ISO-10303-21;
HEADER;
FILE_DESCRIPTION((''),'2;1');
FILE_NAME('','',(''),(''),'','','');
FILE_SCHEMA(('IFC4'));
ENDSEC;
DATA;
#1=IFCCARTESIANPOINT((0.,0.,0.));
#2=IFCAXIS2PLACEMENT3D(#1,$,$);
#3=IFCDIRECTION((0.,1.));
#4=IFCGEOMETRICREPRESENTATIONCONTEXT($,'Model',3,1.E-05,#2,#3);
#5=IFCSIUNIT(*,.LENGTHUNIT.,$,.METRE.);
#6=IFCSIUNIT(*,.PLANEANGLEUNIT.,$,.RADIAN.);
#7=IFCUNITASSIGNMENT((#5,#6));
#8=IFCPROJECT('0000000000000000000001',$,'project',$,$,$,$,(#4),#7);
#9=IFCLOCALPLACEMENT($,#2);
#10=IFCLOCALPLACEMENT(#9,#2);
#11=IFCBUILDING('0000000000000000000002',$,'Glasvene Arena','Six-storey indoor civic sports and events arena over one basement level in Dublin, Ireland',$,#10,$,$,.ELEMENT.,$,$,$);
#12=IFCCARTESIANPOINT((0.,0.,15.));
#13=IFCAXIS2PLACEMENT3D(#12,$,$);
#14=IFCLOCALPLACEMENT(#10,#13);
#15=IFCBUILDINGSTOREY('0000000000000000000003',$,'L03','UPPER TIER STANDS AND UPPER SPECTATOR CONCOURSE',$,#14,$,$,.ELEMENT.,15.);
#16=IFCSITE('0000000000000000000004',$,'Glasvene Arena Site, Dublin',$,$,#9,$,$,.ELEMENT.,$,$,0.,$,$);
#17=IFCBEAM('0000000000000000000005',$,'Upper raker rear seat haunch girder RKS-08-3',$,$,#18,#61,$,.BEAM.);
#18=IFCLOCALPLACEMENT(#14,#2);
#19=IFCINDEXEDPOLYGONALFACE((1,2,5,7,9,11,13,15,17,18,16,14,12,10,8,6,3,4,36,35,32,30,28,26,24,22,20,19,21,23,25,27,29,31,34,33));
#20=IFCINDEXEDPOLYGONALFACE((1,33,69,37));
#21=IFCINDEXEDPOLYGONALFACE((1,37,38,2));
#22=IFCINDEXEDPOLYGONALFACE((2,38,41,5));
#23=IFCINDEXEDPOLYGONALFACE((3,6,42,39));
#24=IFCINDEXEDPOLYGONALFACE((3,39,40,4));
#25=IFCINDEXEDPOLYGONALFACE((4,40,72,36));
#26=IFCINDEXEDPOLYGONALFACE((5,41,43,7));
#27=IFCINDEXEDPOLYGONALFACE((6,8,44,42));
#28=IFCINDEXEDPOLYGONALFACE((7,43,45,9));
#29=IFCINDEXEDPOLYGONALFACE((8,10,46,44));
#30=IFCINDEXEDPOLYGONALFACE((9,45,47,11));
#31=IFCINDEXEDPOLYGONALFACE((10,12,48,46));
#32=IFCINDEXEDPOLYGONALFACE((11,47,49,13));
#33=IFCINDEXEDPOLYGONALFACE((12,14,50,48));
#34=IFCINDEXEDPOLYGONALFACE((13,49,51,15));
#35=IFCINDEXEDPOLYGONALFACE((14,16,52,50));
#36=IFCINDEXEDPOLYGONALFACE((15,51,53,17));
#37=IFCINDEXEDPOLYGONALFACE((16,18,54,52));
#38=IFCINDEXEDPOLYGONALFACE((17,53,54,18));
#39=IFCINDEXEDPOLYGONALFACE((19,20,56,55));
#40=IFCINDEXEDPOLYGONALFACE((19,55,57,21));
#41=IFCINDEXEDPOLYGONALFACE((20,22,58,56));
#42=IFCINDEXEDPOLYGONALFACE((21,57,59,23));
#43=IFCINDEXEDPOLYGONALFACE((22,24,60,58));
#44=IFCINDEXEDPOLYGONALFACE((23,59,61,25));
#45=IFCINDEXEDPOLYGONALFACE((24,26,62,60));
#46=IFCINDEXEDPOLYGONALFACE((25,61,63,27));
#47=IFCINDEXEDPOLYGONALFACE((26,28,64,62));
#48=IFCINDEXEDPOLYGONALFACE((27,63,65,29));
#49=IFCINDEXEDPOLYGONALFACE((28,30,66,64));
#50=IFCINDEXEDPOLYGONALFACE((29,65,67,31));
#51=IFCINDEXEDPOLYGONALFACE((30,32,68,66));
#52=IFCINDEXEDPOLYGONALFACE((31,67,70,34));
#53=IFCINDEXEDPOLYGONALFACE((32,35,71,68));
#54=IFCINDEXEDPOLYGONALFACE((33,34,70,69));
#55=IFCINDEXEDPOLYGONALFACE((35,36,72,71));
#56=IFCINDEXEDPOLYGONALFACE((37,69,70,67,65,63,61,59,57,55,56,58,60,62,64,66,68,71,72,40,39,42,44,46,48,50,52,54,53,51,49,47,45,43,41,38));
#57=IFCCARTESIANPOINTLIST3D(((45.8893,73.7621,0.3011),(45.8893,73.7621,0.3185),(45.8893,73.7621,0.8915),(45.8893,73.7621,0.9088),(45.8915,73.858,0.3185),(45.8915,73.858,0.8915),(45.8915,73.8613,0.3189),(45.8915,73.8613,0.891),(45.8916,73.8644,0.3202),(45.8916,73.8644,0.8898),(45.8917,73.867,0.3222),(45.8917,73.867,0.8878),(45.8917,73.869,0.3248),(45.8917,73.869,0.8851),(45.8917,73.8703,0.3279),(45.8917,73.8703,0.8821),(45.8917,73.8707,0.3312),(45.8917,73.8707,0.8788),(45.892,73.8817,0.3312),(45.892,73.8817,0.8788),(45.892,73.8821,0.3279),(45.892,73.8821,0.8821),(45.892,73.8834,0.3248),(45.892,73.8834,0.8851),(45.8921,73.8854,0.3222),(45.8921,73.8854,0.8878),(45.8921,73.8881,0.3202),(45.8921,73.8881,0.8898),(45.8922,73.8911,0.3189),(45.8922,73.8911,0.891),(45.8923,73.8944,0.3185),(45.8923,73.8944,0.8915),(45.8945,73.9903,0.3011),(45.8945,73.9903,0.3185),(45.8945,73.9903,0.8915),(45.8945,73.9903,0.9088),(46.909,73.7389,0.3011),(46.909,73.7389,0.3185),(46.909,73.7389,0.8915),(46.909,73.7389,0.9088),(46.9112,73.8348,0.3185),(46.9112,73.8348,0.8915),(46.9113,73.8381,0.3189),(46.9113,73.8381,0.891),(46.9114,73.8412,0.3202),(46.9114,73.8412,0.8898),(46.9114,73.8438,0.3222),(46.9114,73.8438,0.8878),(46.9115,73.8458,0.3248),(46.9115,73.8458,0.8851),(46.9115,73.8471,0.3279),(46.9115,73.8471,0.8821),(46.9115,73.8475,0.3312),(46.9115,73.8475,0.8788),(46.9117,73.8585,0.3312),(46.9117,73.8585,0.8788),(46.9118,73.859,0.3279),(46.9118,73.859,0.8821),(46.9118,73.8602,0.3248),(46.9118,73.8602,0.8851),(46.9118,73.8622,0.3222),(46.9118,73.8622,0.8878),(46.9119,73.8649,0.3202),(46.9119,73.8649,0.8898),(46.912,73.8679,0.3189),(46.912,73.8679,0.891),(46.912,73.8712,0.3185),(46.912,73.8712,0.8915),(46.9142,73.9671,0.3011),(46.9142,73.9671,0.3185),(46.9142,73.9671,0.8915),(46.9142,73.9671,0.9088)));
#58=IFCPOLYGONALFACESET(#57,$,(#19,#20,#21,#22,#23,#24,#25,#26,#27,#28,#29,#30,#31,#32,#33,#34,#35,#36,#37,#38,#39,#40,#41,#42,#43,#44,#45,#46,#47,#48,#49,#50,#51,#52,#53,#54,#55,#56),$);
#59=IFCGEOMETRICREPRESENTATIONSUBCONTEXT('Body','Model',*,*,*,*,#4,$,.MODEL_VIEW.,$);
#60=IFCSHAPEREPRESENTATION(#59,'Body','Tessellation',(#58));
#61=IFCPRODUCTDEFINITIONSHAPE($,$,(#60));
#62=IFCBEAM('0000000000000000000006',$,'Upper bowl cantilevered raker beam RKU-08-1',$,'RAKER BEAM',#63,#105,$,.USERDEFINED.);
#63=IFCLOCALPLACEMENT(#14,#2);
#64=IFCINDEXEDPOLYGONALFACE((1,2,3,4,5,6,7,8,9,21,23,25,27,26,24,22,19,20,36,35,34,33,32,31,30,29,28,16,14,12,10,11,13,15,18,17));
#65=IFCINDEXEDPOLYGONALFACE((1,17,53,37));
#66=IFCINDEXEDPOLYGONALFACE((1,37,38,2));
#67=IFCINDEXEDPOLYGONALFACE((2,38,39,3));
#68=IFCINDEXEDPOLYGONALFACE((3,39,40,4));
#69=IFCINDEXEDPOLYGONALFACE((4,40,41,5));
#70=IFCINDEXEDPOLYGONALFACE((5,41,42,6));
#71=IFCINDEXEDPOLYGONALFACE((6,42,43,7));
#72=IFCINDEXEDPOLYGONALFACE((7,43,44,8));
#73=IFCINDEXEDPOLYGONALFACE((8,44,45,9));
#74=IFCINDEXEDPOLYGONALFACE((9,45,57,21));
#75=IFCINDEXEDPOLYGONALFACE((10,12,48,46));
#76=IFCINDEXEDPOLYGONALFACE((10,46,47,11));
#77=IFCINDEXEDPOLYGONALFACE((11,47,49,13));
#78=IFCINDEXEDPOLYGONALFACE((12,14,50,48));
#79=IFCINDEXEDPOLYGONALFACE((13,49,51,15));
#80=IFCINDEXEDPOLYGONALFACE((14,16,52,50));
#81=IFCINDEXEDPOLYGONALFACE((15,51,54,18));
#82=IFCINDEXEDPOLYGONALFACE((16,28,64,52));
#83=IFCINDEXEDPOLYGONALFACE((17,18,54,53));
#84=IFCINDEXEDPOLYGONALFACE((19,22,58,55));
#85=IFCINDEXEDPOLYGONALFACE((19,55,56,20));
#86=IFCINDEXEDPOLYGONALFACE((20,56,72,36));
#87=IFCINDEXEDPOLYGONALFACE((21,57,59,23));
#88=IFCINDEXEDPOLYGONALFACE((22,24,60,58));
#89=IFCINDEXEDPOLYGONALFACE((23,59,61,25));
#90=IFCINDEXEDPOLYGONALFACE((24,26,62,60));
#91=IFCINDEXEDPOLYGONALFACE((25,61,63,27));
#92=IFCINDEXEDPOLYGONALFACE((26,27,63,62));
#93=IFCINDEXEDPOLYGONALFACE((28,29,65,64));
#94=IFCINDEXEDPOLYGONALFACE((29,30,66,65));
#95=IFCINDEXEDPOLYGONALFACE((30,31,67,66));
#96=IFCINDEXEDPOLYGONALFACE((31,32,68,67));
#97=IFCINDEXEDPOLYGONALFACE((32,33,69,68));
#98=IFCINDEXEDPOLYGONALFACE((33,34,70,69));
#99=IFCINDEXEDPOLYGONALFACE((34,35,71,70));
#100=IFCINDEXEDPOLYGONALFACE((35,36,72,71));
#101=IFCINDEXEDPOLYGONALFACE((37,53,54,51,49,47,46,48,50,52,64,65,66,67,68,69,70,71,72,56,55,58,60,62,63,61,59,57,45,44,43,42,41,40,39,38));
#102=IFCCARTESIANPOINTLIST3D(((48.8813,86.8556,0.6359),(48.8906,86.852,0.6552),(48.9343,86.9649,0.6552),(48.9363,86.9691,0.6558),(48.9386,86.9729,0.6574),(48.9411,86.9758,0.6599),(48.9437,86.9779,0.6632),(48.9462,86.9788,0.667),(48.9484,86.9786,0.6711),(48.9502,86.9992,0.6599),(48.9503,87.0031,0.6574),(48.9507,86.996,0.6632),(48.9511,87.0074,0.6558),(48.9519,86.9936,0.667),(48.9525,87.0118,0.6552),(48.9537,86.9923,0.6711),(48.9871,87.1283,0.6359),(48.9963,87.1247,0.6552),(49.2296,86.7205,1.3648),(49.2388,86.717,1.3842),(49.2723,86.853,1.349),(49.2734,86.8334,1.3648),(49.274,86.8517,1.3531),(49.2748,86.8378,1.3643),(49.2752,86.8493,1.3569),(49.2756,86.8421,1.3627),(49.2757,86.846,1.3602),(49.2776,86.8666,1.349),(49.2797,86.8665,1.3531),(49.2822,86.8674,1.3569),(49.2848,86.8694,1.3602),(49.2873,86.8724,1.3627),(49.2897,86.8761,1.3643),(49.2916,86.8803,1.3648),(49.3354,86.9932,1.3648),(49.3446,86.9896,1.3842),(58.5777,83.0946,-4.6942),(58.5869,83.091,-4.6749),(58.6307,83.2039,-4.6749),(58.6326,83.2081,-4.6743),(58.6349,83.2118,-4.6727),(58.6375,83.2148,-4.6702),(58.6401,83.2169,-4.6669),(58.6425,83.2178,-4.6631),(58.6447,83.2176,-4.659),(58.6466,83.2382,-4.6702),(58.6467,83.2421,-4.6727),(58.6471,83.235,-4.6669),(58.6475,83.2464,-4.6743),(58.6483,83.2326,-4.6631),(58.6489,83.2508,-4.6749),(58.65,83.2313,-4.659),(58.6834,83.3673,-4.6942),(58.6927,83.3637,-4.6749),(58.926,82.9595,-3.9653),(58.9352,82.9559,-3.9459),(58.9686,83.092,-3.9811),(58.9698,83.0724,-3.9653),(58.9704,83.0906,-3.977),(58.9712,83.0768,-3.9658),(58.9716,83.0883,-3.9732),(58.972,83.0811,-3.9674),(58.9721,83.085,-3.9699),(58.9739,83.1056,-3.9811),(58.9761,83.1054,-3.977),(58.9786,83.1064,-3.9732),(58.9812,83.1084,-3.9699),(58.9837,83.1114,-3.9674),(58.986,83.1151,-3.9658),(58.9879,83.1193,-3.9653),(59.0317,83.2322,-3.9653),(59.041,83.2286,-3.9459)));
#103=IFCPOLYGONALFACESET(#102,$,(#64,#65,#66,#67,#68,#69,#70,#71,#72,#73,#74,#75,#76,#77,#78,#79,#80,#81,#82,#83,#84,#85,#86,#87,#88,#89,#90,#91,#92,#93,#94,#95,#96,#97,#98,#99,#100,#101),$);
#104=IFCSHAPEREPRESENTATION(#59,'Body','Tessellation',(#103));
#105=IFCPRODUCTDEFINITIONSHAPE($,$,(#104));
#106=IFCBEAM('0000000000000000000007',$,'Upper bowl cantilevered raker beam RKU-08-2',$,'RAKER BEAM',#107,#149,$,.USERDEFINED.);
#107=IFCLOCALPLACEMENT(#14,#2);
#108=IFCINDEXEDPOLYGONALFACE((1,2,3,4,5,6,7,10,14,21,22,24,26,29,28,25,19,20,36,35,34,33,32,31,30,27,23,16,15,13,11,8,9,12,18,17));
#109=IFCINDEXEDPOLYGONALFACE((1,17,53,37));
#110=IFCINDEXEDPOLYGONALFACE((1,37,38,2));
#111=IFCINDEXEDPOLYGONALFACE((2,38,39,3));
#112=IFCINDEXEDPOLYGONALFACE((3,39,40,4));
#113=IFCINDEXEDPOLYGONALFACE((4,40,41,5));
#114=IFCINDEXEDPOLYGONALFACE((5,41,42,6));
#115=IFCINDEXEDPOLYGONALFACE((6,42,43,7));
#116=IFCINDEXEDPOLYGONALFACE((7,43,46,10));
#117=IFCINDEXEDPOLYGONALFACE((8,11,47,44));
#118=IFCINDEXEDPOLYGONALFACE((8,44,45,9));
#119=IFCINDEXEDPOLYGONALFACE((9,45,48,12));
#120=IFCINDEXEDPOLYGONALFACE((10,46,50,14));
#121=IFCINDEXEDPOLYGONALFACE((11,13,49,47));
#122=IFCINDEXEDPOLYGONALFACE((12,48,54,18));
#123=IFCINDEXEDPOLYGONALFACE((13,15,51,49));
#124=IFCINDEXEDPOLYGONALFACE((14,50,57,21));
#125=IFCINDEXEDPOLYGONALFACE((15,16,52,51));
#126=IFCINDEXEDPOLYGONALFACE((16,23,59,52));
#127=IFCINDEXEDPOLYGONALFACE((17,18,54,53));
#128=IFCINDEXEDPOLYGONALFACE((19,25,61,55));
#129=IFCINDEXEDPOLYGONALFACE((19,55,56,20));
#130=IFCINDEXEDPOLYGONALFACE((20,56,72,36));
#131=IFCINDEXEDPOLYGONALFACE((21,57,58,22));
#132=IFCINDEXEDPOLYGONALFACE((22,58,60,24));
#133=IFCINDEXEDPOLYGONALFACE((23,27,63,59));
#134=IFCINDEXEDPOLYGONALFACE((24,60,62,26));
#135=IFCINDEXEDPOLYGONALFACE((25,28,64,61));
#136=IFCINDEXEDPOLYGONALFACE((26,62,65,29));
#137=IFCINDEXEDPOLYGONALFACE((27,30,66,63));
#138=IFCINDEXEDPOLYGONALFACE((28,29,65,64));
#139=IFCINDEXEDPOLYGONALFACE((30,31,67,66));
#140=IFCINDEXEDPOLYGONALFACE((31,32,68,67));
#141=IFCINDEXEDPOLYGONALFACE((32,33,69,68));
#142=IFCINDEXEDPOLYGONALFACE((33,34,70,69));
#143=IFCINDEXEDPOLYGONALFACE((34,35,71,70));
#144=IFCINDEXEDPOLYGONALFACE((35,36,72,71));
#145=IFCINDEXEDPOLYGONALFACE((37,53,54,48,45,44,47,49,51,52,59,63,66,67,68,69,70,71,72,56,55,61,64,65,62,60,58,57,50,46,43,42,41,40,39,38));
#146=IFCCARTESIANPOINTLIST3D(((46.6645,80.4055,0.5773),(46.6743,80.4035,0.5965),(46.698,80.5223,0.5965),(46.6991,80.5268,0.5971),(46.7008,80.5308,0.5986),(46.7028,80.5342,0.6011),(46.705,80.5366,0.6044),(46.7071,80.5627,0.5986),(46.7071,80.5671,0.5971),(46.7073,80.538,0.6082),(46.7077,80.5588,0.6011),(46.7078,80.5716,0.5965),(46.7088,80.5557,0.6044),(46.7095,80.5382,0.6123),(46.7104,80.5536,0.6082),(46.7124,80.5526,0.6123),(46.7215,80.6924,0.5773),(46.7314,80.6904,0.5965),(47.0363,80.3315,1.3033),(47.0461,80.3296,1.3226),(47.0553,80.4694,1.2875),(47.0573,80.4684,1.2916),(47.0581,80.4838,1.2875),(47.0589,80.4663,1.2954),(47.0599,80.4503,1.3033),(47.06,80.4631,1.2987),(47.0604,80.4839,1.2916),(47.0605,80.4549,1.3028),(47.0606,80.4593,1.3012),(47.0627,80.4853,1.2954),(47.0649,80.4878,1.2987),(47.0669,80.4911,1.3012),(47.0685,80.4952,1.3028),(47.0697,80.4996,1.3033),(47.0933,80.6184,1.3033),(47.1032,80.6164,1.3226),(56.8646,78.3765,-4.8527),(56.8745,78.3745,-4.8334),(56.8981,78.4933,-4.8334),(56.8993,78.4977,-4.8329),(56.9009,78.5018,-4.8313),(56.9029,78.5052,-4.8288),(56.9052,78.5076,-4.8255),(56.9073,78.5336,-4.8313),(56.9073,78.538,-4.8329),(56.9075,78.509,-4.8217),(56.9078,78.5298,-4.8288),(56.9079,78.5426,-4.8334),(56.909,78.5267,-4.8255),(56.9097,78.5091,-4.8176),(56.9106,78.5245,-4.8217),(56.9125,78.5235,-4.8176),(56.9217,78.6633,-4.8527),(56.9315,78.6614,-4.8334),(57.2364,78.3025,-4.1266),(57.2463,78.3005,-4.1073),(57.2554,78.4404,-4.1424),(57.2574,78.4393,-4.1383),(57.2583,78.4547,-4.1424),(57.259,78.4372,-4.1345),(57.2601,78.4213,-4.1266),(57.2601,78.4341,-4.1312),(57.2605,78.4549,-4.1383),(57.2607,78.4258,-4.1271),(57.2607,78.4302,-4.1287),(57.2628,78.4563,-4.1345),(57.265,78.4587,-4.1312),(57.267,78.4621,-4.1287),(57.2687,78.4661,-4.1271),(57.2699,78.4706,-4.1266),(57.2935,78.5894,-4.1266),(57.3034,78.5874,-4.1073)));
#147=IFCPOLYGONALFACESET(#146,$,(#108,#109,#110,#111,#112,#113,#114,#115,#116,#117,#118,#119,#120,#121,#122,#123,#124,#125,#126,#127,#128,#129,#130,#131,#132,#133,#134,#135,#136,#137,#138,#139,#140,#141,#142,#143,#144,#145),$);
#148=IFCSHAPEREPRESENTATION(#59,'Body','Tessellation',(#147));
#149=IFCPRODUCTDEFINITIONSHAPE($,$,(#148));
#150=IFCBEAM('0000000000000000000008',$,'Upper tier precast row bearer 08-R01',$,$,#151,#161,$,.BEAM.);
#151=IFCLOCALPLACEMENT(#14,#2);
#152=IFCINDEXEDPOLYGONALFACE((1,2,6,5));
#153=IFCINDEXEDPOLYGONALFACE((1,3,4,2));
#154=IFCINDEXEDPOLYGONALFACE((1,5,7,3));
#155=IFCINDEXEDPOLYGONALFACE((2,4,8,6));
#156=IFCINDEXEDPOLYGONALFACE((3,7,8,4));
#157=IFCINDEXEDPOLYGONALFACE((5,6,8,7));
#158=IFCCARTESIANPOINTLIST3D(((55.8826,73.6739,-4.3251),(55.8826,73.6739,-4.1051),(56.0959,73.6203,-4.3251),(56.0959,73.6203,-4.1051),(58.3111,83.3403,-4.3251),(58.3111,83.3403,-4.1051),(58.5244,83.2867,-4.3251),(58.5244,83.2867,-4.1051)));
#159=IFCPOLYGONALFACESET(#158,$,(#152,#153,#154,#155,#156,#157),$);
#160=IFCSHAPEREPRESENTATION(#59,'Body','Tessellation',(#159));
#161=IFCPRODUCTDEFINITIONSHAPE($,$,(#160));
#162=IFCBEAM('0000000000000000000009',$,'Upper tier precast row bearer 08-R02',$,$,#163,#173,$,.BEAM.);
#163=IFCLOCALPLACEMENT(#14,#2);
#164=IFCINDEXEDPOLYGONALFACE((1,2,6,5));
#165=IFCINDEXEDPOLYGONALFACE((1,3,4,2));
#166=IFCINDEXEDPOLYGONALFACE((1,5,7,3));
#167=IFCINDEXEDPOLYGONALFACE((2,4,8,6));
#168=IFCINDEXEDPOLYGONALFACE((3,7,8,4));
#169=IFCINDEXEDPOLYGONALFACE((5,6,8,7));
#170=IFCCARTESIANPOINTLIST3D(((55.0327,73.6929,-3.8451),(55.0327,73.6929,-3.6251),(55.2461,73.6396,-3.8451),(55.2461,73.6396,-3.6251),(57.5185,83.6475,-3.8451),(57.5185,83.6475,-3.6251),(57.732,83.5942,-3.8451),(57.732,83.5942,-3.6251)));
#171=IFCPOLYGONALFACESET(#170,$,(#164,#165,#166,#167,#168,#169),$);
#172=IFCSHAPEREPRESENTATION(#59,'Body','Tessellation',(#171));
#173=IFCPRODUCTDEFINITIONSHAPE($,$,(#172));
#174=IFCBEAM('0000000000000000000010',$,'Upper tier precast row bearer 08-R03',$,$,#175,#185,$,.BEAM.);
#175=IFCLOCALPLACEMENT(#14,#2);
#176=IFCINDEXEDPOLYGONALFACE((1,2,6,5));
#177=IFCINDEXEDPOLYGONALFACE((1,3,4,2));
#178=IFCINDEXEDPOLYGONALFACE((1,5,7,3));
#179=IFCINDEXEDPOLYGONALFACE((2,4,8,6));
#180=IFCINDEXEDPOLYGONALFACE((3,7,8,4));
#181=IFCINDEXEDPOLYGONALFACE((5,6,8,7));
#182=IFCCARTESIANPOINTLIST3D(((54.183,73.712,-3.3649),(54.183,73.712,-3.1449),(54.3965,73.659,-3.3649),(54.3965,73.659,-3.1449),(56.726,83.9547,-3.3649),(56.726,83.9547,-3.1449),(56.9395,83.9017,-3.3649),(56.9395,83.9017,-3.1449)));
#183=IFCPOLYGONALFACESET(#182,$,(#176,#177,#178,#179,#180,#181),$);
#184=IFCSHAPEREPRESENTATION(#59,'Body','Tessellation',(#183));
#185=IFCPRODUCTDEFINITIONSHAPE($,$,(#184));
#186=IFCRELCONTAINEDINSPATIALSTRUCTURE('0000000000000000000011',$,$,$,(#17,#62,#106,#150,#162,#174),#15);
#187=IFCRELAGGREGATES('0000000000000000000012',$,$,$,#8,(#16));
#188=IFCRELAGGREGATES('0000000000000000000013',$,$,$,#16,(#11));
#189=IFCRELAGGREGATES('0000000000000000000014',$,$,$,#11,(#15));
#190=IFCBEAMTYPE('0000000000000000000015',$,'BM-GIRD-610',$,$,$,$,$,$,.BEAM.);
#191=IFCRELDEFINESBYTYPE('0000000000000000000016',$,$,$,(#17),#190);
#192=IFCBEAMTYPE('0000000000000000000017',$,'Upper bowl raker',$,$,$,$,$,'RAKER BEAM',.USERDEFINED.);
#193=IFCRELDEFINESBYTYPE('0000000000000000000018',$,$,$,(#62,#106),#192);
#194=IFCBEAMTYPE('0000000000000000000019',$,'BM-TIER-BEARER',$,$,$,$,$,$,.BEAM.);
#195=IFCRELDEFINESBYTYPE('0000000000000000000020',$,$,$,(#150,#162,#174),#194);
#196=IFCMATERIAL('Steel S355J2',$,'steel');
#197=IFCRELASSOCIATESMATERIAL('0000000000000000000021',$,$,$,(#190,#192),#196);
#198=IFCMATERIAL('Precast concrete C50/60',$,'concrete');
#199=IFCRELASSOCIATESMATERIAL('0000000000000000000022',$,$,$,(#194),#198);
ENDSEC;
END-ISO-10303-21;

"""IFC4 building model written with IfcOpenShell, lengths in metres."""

from ifc_helpers import new_model, si_unit, direction, frame, origin, origin_2d, place, context, subcontext, project, spatial, rectangle, i_section, extrude, material, material_profile, profile_set, type_object, element, save


model = new_model("IFC4")

# Units and contexts
model_context = context("Model", 3, precision=1e-05, world=origin(), true_north=direction((0.0, 1.0)))
body_context = subcontext(model_context, "Body", "Model", "MODEL_VIEW")
ifc_project = project(units=[si_unit("LENGTHUNIT", "METRE"), si_unit("PLANEANGLEUNIT", "RADIAN")], contexts=[model_context])

# Site, building, storey
site_placement = place(None, origin())
site = spatial("IfcSite", under=ifc_project, at=site_placement, Name="Glasvene Arena Site, Dublin", CompositionType="ELEMENT", RefElevation=0.0)
building_placement = place(site_placement, origin())
building = spatial("IfcBuilding", under=site, at=building_placement, Name="Glasvene Arena", Description="Six-storey indoor civic sports and events arena over one basement level in Dublin, Ireland", CompositionType="ELEMENT")
storey_placement = place(building_placement, frame((0.0, 0.0, 15.0)))
storey = spatial("IfcBuildingStorey", under=building, at=storey_placement, Name="L03", Description="UPPER TIER STANDS AND UPPER SPECTATOR CONCOURSE", CompositionType="ELEMENT", Elevation=15.0)

# Shared definitions
ifc_material_1 = material(Name="Steel S355J2", Category="steel")

# Beams
ifc_material_profile_1 = material_profile(ifc_material_1, i_section(OverallWidth=0.2283, OverallDepth=0.6077, WebThickness=0.011, FlangeThickness=0.0173, FilletRadius=0.0127, at=origin_2d()), Name="UKB 610x229x113")
ifc_profile_set_1 = profile_set([ifc_material_profile_1], Name="Steel S355J2")
beam_type_1 = type_object("IfcBeamType", Name="BM-GIRD-610", PredefinedType="BEAM", material=ifc_profile_set_1)
for number, where, z_axis, x_axis, name in (
    (1, (46.9116, 73.853, 0.605), (-0.999741, 0.022738, 0.0), (-0.022738, -0.999741, 0.0), "Upper raker rear seat haunch girder RKS-08-3"),
):
    element("IfcBeam", number, at=place(storey_placement, frame(where, z_axis=z_axis, x_axis=x_axis)), inside=storey, type_object=beam_type_1, Name=name, PredefinedType="BEAM", context=body_context, shape_type="SweptSolid", body=[
        extrude(i_section(OverallWidth=0.2283, OverallDepth=0.6077, WebThickness=0.011, FlangeThickness=0.0173, FilletRadius=0.0127, at=origin_2d()), origin(), (0.0, 0.0, 1.0), 1.02),
    ])
ifc_material_profile_2 = material_profile(ifc_material_1, i_section(OverallWidth=0.2925, OverallDepth=0.8408, WebThickness=0.0146, FlangeThickness=0.0217, FilletRadius=0.0178, at=origin_2d()), Name="UKB 838x292x194")
ifc_profile_set_2 = profile_set([ifc_material_profile_2], Name="Steel S355J2")
beam_type_2 = type_object("IfcBeamType", Name="Upper bowl raker", ElementType="RAKER BEAM", PredefinedType="USERDEFINED", material=ifc_profile_set_2)
beam_1_placement = place(storey_placement, frame((58.8093, 83.1616, -4.3201), z_axis=(-0.829705, 0.321825, 0.456091), x_axis=(-0.361628, -0.932322, 0.0)))
element("IfcBeam", 2, at=beam_1_placement, inside=storey, type_object=beam_type_2, Name="Upper bowl cantilevered raker beam RKU-08-1", ObjectType="RAKER BEAM", PredefinedType="USERDEFINED", context=body_context, shape_type="SweptSolid", body=[
    extrude(i_section(OverallWidth=0.2925, OverallDepth=0.8408, WebThickness=0.0146, FlangeThickness=0.0217, FilletRadius=0.0178, at=origin_2d()), origin(), (0.0, 0.0, 1.0), 11.6865),
])
beam_2_placement = place(storey_placement, frame((57.084, 78.4819, -4.48), z_axis=(-0.869417, 0.172947, 0.462822), x_axis=(-0.1951, -0.980783, 0.0)))
element("IfcBeam", 3, at=beam_2_placement, inside=storey, type_object=beam_type_2, Name="Upper bowl cantilevered raker beam RKU-08-2", ObjectType="RAKER BEAM", PredefinedType="USERDEFINED", context=body_context, shape_type="SweptSolid", body=[
    extrude(i_section(OverallWidth=0.2925, OverallDepth=0.8408, WebThickness=0.0146, FlangeThickness=0.0217, FilletRadius=0.0178, at=origin_2d()), origin(), (0.0, 0.0, 1.0), 11.7322),
])
ifc_material_2 = material(Name="Precast concrete C50/60", Category="concrete")
ifc_material_profile_3 = material_profile(ifc_material_2, rectangle(XDim=0.22, YDim=0.22, at=origin_2d()), Name="RC 220x220")
ifc_profile_set_3 = profile_set([ifc_material_profile_3], Name="Precast concrete C50/60")
beam_type_3 = type_object("IfcBeamType", Name="BM-TIER-BEARER", PredefinedType="BEAM", material=ifc_profile_set_3)
beam_3_placement = place(storey_placement, frame((58.4177, 83.3135, -4.2151), z_axis=(-0.243654, -0.969862, 0.0), x_axis=(0.969862, -0.243654, 0.0)))
element("IfcBeam", 4, at=beam_3_placement, inside=storey, type_object=beam_type_3, Name="Upper tier precast row bearer 08-R01", PredefinedType="BEAM", context=body_context, shape_type="SweptSolid", body=[
    extrude(rectangle(XDim=0.22, YDim=0.22, at=origin_2d()), origin(), (0.0, 0.0, 1.0), 9.9668),
])
beam_4_placement = place(storey_placement, frame((57.6252, 83.6208, -3.7351), z_axis=(-0.242278, -0.970207, 0.0), x_axis=(0.970207, -0.242278, 0.0)))
element("IfcBeam", 5, at=beam_4_placement, inside=storey, type_object=beam_type_3, Name="Upper tier precast row bearer 08-R02", PredefinedType="BEAM", context=body_context, shape_type="SweptSolid", body=[
    extrude(rectangle(XDim=0.22, YDim=0.22, at=origin_2d()), origin(), (0.0, 0.0, 1.0), 10.2603),
])
beam_5_placement = place(storey_placement, frame((56.8328, 83.9282, -3.2549), z_axis=(-0.240957, -0.970536, 0.0), x_axis=(0.970536, -0.240957, 0.0)))
element("IfcBeam", 6, at=beam_5_placement, inside=storey, type_object=beam_type_3, Name="Upper tier precast row bearer 08-R03", PredefinedType="BEAM", context=body_context, shape_type="SweptSolid", body=[
    extrude(rectangle(XDim=0.22, YDim=0.22, at=origin_2d()), origin(), (0.0, 0.0, 1.0), 10.5537),
])

save(model, "model.ifc")
